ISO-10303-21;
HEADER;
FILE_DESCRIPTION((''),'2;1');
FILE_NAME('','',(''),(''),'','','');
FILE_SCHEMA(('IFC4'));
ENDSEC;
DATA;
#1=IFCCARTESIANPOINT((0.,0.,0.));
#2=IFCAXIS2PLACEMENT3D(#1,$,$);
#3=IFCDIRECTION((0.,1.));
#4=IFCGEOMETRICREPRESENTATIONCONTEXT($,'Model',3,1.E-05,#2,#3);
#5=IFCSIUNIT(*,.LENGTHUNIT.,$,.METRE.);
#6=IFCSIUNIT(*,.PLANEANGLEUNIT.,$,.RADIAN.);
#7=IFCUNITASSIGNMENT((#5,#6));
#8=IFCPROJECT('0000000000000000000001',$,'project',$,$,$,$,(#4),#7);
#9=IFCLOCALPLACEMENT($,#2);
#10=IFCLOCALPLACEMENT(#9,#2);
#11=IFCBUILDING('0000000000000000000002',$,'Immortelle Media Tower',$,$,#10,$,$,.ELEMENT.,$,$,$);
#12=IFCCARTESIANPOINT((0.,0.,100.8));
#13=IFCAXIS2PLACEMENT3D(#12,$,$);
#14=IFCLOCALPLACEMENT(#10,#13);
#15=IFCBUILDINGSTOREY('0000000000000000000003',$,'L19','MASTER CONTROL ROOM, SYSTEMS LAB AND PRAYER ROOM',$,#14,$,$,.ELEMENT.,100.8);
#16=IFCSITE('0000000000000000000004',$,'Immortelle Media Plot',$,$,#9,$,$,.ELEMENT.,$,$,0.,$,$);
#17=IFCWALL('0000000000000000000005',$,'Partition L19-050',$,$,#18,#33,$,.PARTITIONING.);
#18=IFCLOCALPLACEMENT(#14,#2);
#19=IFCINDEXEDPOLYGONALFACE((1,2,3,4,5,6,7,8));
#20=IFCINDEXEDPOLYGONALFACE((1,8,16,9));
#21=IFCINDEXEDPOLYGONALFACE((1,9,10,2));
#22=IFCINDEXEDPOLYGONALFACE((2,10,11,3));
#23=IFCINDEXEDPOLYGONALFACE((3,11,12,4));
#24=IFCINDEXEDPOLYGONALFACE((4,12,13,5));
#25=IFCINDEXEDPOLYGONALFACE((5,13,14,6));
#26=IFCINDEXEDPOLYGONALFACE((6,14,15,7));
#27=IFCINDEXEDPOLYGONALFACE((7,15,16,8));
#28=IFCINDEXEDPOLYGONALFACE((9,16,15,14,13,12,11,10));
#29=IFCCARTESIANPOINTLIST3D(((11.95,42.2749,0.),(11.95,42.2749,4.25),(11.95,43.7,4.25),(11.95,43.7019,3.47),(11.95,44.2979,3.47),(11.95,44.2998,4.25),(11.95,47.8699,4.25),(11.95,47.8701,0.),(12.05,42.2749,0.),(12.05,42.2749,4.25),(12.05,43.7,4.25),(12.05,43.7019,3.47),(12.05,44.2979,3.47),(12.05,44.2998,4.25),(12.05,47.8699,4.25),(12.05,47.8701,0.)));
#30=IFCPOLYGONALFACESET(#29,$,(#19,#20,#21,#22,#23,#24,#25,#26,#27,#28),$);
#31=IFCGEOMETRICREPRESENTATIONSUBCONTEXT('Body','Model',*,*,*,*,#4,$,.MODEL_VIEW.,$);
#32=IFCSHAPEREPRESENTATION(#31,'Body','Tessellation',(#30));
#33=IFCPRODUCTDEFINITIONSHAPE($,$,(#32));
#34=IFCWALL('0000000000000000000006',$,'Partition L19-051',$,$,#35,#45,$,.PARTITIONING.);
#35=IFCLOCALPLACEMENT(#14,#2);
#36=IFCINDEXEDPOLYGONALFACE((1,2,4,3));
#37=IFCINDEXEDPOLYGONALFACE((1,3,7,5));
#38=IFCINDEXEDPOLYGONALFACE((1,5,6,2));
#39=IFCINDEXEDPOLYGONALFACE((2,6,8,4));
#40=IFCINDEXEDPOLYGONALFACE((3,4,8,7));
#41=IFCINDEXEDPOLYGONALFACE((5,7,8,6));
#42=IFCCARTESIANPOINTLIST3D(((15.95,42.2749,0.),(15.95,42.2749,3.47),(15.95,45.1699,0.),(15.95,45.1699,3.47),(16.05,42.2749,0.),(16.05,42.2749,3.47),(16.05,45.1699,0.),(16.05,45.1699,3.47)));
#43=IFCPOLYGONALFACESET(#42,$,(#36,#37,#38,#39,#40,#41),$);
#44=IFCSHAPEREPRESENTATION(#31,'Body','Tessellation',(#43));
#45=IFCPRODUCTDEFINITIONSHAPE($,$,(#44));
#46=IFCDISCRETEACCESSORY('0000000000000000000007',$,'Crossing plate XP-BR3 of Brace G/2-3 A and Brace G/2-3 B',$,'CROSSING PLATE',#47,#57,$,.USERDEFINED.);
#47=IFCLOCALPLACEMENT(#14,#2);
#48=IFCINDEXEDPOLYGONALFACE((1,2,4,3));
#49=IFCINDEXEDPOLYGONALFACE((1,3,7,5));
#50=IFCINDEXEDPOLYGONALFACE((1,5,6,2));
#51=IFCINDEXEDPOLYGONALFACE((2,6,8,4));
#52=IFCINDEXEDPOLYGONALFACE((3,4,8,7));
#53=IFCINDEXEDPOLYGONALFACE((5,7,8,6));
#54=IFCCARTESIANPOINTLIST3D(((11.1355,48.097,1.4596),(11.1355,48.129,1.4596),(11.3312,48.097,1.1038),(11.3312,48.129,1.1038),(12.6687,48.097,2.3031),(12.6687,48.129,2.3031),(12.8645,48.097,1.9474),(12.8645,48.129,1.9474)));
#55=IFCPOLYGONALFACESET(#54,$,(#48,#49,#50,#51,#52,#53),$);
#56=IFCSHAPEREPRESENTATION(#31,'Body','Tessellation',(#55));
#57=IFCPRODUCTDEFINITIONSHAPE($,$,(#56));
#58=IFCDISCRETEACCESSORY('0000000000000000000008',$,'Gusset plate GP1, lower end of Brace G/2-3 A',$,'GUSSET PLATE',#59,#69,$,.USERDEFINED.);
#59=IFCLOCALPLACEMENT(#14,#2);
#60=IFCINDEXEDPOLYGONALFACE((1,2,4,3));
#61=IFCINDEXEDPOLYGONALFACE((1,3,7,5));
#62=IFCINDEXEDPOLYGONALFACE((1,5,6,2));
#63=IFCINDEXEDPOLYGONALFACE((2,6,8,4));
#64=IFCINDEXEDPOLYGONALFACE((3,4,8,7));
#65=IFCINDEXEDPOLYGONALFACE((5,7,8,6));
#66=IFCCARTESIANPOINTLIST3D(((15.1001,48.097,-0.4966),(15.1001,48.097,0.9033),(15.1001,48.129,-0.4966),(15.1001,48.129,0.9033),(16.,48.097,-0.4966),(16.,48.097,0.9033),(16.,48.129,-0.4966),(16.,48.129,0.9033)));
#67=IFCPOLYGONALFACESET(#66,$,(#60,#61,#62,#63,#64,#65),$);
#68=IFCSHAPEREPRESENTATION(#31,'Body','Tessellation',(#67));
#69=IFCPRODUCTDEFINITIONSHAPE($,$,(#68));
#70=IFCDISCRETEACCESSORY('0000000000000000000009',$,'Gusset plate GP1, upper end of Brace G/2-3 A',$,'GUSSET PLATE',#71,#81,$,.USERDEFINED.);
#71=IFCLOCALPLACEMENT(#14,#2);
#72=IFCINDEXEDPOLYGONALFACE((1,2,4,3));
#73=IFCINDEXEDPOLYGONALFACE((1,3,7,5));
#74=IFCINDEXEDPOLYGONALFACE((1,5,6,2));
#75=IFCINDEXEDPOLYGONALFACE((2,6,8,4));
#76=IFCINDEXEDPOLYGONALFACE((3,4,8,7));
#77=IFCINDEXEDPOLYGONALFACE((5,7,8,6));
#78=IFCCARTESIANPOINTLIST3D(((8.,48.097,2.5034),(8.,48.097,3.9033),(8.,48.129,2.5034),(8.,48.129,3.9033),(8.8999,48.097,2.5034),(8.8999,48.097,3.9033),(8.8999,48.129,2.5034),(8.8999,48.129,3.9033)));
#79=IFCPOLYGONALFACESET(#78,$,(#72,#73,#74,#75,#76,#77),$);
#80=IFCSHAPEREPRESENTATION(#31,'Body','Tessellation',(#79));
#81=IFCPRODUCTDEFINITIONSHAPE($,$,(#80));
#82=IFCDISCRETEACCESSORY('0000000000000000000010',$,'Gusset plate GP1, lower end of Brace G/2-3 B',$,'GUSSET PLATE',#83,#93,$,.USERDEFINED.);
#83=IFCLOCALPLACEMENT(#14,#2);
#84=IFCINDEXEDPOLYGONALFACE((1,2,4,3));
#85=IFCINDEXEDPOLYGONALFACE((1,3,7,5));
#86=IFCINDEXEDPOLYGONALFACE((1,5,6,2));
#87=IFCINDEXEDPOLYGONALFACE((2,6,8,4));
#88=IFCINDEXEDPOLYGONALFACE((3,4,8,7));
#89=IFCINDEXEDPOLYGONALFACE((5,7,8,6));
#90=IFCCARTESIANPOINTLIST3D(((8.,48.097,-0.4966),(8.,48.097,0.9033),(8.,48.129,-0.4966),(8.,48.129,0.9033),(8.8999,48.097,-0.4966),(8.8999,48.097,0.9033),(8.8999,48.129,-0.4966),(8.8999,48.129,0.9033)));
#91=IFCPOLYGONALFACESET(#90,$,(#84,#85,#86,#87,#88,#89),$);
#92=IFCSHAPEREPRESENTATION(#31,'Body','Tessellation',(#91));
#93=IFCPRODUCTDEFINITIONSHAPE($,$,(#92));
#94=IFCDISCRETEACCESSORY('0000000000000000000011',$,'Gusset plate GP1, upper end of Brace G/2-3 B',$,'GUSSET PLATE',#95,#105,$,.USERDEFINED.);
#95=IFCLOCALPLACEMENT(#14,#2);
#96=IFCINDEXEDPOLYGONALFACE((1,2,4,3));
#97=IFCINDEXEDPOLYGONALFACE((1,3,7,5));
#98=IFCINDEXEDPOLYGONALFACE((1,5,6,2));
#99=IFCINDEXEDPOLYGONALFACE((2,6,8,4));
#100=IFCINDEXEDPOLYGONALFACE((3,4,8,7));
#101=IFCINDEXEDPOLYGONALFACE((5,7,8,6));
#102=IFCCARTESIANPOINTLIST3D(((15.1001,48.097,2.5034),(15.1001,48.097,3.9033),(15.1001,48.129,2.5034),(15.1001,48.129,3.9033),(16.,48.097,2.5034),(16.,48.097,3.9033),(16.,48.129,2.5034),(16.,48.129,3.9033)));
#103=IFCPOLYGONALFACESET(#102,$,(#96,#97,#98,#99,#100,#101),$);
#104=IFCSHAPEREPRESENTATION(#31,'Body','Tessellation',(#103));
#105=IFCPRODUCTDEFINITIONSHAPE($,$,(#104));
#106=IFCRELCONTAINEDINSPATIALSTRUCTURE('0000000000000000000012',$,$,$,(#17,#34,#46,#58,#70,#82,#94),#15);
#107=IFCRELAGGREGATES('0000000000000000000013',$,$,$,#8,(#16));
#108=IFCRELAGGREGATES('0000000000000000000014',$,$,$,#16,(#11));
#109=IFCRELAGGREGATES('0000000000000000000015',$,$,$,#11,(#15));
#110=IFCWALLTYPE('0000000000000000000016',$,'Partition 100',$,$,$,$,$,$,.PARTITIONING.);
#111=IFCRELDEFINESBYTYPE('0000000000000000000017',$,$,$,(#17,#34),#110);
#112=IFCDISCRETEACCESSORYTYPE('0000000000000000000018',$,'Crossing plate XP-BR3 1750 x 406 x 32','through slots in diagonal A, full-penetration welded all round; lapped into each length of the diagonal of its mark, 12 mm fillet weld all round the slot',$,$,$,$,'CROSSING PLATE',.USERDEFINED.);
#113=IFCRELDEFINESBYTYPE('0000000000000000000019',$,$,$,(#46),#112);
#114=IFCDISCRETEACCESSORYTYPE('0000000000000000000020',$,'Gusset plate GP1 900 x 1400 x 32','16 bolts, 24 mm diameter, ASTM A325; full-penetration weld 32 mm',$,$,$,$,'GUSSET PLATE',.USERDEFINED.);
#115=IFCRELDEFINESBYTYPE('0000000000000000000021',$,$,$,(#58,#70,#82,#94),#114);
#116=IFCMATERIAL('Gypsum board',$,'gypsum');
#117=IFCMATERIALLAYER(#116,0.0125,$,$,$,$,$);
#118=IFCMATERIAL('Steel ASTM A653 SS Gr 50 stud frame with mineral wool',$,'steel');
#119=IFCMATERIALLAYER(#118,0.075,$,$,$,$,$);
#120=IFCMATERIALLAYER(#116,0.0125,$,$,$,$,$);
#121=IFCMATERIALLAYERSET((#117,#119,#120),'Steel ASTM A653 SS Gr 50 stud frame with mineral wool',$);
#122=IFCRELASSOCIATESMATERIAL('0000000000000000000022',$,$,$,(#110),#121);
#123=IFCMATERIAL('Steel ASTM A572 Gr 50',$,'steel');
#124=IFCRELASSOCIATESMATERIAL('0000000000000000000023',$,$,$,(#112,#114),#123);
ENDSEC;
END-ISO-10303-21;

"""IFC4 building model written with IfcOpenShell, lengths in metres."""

from ifc_helpers import new_model, si_unit, direction, frame, frame_2d, origin, origin_2d, place, context, subcontext, project, spatial, polyline, rectangle, outline, extrude, material, layer, layer_set, material_profile, profile_set, type_object, element, save


model = new_model("IFC4")

# Units and contexts
model_context = context("Model", 3, precision=1e-05, world=origin(), true_north=direction((0.0, 1.0)))
body_context = subcontext(model_context, "Body", "Model", "MODEL_VIEW")
ifc_project = project(units=[si_unit("LENGTHUNIT", "METRE"), si_unit("PLANEANGLEUNIT", "RADIAN")], contexts=[model_context])

# Site, building, storey
site_placement = place(None, origin())
site = spatial("IfcSite", under=ifc_project, at=site_placement, Name="Immortelle Media Plot", CompositionType="ELEMENT", RefElevation=0.0)
building_placement = place(site_placement, origin())
building = spatial("IfcBuilding", under=site, at=building_placement, Name="Immortelle Media Tower", CompositionType="ELEMENT")
storey_placement = place(building_placement, frame((0.0, 0.0, 100.8)))
storey = spatial("IfcBuildingStorey", under=building, at=storey_placement, Name="L19", Description="MASTER CONTROL ROOM, SYSTEMS LAB AND PRAYER ROOM", CompositionType="ELEMENT", Elevation=100.8)

# Shared definitions
ifc_material_1 = material(Name="Steel ASTM A653 SS Gr 50 stud frame with mineral wool", Category="steel")

# Walls
ifc_material_2 = material(Name="Gypsum board", Category="gypsum")
ifc_layer_1 = layer(ifc_material_2, 0.0125)
ifc_layer_2 = layer(ifc_material_1, 0.075)
ifc_layer_3 = layer(ifc_material_2, 0.0125)
ifc_layer_set_1 = layer_set([ifc_layer_1, ifc_layer_2, ifc_layer_3], Name="Steel ASTM A653 SS Gr 50 stud frame with mineral wool")
wall_type_1 = type_object("IfcWallType", Name="Partition 100", PredefinedType="PARTITIONING", material=ifc_layer_set_1)
wall_1_placement = place(storey_placement, frame((12.0, 42.2749, 0.0), z_axis=(0.0, 0.0, 1.0), x_axis=(0.0, 1.0, 0.0)))
element("IfcWall", 1, at=wall_1_placement, inside=storey, type_object=wall_type_1, Name="Partition L19-050", PredefinedType="PARTITIONING", context=body_context, shape_type="SweptSolid", body=[
    extrude(outline(polyline([(0.0, 0.0), (5.5952, 0.0), (5.595, 4.25), (2.0249, 4.25), (2.0229, 3.47), (1.427, 3.47), (1.425, 4.25), (0.0, 4.25), (0.0, 0.0)])), frame((0.0, 0.05, 0.0), z_axis=(0.0, -1.0, 0.0), x_axis=(1.0, 0.0, 0.0)), (0.0, 0.0, 1.0), 0.1001),
])
wall_2_placement = place(storey_placement, frame((16.0, 42.2749, 0.0), z_axis=(0.0, 0.0, 1.0), x_axis=(0.0, 1.0, 0.0)))
element("IfcWall", 2, at=wall_2_placement, inside=storey, type_object=wall_type_1, Name="Partition L19-051", PredefinedType="PARTITIONING", context=body_context, shape_type="SweptSolid", body=[
    extrude(rectangle(XDim=2.895, YDim=0.1001, at=frame_2d((1.4475, 0.0))), origin(), (0.0, 0.0, 1.0), 3.47),
])

# Discrete accessories
ifc_material_3 = material(Name="Steel ASTM A572 Gr 50", Category="steel")
ifc_material_profile_1 = material_profile(ifc_material_3, rectangle(XDim=0.032, YDim=0.406, at=origin_2d()), Name="PL 32 x 406")
ifc_profile_set_1 = profile_set([ifc_material_profile_1], Name="Steel ASTM A572 Gr 50")
discrete_accessory_type_1 = type_object("IfcDiscreteAccessoryType", Name="Crossing plate XP-BR3 1750 x 406 x 32", Description="through slots in diagonal A, full-penetration welded all round; lapped into each length of the diagonal of its mark, 12 mm fillet weld all round the slot", ElementType="CROSSING PLATE", PredefinedType="USERDEFINED", material=ifc_profile_set_1)
discrete_accessory_placement = place(storey_placement, frame((12.7666, 48.113, 2.1252), z_axis=(-0.876157, 0.0, -0.482026), x_axis=(0.0, -1.0, 0.0)))
element("IfcDiscreteAccessory", 3, at=discrete_accessory_placement, inside=storey, type_object=discrete_accessory_type_1, Name="Crossing plate XP-BR3 of Brace G/2-3 A and Brace G/2-3 B", ObjectType="CROSSING PLATE", PredefinedType="USERDEFINED", context=body_context, shape_type="SweptSolid", body=[
    extrude(rectangle(XDim=0.032, YDim=0.406, at=origin_2d()), origin(), (0.0, 0.0, 1.0), 1.75),
])
ifc_material_profile_2 = material_profile(ifc_material_3, rectangle(XDim=0.032, YDim=1.3999, at=origin_2d()), Name="PL 32 x 1400")
ifc_profile_set_2 = profile_set([ifc_material_profile_2], Name="Steel ASTM A572 Gr 50")
discrete_accessory_type_2 = type_object("IfcDiscreteAccessoryType", Name="Gusset plate GP1 900 x 1400 x 32", Description="16 bolts, 24 mm diameter, ASTM A325; full-penetration weld 32 mm", ElementType="GUSSET PLATE", PredefinedType="USERDEFINED", material=ifc_profile_set_2)
for number, where, z_axis, x_axis, name in (
    (4, (16.0, 48.113, 0.2034), (-1.0, 0.0, 0.0), (0.0, -1.0, 0.0), "Gusset plate GP1, lower end of Brace G/2-3 A"),
    (5, (8.0, 48.113, 3.2034), (1.0, 0.0, 0.0), (0.0, 1.0, 0.0), "Gusset plate GP1, upper end of Brace G/2-3 A"),
    (6, (8.0, 48.113, 0.2034), (1.0, 0.0, 0.0), (0.0, 1.0, 0.0), "Gusset plate GP1, lower end of Brace G/2-3 B"),
    (7, (16.0, 48.113, 3.2034), (-1.0, 0.0, 0.0), (0.0, -1.0, 0.0), "Gusset plate GP1, upper end of Brace G/2-3 B"),
):
    element("IfcDiscreteAccessory", number, at=place(storey_placement, frame(where, z_axis=z_axis, x_axis=x_axis)), inside=storey, type_object=discrete_accessory_type_2, Name=name, ObjectType="GUSSET PLATE", PredefinedType="USERDEFINED", context=body_context, shape_type="SweptSolid", body=[
        extrude(rectangle(XDim=0.032, YDim=1.3999, at=origin_2d()), origin(), (0.0, 0.0, 1.0), 0.8999),
    ])

save(model, "model.ifc")
